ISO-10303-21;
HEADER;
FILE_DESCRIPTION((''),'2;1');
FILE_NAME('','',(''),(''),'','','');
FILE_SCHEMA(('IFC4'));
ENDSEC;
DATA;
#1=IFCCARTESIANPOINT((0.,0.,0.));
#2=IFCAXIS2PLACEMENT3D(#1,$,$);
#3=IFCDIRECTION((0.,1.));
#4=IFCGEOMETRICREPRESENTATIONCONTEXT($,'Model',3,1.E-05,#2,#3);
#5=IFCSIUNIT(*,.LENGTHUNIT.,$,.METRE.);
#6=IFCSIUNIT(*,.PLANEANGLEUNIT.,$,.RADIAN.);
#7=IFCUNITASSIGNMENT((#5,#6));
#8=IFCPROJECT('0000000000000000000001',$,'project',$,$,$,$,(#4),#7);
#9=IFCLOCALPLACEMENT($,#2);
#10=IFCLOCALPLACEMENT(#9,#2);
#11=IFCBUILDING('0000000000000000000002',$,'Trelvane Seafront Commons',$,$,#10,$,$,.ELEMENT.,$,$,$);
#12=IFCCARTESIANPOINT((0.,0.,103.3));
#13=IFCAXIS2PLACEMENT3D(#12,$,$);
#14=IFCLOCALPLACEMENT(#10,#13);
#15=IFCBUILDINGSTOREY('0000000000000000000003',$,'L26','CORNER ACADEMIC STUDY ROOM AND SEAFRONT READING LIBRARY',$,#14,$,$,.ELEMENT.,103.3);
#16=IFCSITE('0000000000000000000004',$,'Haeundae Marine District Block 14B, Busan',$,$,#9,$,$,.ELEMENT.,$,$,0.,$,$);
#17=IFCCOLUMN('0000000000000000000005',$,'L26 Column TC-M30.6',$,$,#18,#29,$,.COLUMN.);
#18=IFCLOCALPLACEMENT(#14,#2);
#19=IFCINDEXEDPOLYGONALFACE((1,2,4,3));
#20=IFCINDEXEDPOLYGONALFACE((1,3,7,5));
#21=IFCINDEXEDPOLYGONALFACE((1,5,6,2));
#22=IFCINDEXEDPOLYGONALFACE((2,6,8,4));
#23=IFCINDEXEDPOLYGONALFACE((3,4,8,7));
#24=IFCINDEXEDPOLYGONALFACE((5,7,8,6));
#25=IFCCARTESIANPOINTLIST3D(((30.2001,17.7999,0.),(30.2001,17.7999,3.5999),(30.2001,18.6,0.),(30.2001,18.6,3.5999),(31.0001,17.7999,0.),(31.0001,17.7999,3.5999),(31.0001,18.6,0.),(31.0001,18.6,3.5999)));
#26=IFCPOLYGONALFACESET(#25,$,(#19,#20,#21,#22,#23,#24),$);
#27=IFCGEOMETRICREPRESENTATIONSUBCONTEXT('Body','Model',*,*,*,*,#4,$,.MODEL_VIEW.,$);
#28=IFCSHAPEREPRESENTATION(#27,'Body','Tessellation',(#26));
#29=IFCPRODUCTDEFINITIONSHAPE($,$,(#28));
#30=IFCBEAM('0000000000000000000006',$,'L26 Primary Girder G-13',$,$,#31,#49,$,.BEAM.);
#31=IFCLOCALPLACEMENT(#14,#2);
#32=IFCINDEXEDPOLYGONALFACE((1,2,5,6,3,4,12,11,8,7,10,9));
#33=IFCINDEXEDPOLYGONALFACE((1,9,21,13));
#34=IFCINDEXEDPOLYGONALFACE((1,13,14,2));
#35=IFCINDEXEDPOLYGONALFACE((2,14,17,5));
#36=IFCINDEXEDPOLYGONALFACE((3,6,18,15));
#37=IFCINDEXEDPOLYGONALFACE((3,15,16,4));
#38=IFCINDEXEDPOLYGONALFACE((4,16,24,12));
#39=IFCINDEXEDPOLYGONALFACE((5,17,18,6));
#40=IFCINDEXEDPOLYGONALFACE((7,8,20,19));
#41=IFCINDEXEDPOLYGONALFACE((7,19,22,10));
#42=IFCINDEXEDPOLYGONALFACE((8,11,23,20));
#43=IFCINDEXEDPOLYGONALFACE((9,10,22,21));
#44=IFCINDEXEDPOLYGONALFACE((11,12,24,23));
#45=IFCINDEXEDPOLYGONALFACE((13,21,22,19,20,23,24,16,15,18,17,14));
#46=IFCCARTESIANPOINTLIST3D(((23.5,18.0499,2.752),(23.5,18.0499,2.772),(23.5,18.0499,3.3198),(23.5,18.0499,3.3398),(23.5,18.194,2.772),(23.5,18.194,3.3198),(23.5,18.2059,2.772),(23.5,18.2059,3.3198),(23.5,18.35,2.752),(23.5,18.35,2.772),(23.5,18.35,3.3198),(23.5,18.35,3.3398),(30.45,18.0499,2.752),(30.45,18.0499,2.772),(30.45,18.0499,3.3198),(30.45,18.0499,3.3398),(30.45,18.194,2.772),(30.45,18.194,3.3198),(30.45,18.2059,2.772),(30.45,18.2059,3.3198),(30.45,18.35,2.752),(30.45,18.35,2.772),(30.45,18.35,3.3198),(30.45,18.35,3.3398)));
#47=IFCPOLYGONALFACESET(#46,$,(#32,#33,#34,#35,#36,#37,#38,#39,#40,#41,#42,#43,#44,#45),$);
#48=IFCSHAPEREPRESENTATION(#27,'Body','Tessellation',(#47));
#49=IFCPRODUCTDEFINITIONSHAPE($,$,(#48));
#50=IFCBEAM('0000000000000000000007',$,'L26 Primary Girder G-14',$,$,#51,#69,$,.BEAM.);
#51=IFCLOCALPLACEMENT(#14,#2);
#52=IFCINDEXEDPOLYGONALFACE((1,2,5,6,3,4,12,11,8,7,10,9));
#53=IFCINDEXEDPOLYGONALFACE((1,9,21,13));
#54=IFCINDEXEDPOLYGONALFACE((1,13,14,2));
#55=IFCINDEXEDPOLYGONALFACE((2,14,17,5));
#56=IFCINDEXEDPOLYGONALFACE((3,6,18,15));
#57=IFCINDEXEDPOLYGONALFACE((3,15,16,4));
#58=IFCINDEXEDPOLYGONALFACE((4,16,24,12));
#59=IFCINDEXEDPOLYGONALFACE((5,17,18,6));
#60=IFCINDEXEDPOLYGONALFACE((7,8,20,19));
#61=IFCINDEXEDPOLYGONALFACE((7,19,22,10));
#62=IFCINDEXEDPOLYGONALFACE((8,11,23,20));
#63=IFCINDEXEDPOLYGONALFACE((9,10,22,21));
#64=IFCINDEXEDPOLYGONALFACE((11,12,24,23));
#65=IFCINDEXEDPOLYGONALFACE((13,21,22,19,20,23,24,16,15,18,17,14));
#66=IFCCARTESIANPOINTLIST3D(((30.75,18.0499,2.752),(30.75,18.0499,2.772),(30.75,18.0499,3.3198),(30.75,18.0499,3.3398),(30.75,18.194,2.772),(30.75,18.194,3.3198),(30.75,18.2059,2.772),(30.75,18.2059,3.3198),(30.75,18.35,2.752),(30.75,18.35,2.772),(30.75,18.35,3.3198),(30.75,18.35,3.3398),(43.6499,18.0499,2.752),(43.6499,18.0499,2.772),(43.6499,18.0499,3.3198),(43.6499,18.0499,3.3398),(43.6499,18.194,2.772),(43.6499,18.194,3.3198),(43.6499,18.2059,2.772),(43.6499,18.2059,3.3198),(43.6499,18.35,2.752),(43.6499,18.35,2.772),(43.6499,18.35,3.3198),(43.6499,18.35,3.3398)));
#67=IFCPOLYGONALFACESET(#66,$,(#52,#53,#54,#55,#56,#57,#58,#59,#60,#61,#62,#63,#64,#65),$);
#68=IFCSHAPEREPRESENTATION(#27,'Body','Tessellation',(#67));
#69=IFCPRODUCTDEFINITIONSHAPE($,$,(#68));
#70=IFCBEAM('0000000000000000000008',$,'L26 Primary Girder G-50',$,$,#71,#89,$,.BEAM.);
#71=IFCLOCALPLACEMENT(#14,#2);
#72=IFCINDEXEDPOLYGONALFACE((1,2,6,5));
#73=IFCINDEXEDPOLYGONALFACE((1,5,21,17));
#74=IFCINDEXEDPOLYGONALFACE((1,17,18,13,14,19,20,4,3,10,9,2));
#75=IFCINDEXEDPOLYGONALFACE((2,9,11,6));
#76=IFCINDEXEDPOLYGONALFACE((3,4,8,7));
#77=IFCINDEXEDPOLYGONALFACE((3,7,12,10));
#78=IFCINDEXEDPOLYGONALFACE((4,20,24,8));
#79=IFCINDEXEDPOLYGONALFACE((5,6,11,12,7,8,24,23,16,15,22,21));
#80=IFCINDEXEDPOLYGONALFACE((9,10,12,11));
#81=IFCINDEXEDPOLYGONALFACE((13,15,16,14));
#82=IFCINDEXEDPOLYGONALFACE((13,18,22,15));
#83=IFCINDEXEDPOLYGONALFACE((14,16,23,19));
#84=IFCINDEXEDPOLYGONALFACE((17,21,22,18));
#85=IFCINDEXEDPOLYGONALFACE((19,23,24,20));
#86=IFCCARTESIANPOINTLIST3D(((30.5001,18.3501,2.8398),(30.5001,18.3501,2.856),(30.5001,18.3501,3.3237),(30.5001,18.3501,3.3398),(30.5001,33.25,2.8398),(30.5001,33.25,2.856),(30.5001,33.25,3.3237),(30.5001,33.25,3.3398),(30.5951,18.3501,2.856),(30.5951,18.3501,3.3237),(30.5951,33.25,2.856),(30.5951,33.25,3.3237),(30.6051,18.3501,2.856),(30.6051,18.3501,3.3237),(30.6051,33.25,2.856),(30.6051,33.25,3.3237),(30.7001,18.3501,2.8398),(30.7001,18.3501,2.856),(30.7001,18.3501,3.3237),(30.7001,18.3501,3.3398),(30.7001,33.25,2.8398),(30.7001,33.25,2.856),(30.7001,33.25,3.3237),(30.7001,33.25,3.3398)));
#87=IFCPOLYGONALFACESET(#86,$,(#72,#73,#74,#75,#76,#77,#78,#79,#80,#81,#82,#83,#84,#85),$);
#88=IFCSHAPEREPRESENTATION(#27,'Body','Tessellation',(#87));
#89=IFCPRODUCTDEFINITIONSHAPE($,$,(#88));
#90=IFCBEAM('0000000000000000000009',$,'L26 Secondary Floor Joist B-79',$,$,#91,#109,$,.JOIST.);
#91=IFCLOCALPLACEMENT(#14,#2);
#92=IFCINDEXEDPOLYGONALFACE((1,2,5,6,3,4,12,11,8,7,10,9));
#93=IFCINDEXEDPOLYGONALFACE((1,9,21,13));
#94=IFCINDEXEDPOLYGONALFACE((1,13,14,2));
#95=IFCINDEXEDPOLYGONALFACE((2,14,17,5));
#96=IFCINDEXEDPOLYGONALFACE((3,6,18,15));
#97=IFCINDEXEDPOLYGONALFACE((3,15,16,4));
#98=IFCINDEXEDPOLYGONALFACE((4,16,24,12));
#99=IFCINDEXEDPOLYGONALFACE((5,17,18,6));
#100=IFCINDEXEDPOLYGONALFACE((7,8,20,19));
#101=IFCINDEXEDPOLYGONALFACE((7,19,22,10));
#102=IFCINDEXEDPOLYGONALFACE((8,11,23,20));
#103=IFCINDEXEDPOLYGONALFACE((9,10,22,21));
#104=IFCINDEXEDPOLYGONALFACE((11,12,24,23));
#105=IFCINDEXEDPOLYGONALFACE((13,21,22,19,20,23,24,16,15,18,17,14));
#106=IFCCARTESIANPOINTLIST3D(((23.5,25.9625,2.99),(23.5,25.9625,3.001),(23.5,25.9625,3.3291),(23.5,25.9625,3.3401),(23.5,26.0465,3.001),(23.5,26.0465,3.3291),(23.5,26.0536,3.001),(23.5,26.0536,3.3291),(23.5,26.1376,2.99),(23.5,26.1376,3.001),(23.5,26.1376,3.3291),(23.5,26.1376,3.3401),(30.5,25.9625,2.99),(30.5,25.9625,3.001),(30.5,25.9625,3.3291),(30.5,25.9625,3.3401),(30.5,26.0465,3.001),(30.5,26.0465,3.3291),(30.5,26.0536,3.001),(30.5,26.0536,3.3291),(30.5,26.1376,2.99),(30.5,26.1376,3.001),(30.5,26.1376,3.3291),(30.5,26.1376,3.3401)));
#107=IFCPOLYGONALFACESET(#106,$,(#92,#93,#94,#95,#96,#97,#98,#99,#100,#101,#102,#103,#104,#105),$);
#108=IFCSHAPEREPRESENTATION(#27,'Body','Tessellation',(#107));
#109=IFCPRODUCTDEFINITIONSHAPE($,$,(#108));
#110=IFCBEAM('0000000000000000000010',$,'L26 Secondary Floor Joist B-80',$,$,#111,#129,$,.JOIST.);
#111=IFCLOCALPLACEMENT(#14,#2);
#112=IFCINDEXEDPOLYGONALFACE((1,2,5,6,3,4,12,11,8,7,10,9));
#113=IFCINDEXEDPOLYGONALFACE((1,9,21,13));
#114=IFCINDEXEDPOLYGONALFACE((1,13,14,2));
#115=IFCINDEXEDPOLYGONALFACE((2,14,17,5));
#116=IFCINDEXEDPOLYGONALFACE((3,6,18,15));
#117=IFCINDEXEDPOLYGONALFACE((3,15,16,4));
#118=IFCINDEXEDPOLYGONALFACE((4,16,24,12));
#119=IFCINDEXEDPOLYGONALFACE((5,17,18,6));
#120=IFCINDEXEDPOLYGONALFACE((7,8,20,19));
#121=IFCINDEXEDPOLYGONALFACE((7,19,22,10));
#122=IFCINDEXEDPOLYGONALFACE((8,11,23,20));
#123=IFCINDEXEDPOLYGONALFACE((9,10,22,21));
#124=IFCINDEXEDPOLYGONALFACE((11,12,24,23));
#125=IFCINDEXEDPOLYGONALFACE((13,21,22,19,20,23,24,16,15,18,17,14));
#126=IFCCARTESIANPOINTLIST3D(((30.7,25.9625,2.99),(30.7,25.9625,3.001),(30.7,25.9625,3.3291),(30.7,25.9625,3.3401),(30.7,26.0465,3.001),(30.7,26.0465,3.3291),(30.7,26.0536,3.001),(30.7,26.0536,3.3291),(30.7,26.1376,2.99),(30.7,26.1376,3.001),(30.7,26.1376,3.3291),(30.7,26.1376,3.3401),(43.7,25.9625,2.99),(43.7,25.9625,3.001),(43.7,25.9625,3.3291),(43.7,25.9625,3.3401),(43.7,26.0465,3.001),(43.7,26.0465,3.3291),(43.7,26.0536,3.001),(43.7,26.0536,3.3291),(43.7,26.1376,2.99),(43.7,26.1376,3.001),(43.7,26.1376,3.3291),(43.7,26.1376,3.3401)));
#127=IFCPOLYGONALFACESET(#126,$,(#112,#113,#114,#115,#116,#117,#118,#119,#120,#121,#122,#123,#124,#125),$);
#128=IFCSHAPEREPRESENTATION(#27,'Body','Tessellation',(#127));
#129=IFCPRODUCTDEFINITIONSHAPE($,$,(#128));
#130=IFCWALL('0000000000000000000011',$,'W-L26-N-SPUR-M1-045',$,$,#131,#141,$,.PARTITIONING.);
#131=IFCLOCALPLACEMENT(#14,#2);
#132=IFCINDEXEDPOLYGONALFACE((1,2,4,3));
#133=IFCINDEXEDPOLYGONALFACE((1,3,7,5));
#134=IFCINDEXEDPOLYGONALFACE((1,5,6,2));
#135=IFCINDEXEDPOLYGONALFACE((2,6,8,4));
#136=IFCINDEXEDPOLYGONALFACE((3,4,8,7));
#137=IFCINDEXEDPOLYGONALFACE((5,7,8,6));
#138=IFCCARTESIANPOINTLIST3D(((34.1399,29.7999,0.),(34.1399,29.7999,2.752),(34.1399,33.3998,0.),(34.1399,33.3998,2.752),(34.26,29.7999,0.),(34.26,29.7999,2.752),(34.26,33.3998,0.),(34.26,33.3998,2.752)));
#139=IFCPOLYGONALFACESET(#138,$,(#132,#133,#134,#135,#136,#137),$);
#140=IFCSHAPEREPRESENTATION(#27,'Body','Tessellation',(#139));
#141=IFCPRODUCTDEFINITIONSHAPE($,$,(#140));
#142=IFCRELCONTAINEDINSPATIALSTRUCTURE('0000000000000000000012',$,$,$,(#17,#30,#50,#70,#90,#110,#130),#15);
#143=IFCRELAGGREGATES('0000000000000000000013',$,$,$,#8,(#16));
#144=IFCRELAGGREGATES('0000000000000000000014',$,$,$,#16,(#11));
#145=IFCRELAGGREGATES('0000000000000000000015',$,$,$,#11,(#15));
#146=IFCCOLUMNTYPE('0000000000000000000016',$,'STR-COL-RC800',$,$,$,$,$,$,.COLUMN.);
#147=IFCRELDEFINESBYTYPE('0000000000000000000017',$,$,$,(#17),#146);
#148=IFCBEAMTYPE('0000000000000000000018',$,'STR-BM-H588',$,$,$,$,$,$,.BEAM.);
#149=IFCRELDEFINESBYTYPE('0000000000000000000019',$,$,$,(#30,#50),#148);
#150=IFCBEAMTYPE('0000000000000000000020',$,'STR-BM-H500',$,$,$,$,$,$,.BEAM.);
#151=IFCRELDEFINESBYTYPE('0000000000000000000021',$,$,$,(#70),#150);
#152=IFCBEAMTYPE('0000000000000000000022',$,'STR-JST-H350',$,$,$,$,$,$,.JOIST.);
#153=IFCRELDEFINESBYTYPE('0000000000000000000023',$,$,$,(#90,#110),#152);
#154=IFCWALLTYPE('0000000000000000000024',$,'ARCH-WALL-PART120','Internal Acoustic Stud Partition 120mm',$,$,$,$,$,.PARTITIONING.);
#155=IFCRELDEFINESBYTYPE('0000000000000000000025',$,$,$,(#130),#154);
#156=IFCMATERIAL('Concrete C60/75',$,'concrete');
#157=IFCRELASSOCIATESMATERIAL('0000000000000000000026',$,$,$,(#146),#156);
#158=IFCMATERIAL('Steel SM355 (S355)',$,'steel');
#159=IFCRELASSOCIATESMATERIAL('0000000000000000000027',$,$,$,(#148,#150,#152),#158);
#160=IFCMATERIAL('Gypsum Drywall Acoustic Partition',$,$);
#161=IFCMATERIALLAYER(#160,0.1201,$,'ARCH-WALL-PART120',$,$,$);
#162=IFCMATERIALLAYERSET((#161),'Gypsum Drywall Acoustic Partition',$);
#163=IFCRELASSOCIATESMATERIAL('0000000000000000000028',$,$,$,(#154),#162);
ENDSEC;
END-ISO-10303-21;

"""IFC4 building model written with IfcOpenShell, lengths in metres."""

from ifc_helpers import new_model, si_unit, direction, frame, frame_2d, origin, origin_2d, place, context, subcontext, project, spatial, rectangle, i_section, extrude, source, transform, mapped, material, layer, layer_set, material_profile, profile_set, type_object, element, save


model = new_model("IFC4")

# Units and contexts
model_context = context("Model", 3, precision=1e-05, world=origin(), true_north=direction((0.0, 1.0)))
body_context = subcontext(model_context, "Body", "Model", "MODEL_VIEW")
ifc_project = project(units=[si_unit("LENGTHUNIT", "METRE"), si_unit("PLANEANGLEUNIT", "RADIAN")], contexts=[model_context])

# Site, building, storey
site_placement = place(None, origin())
site = spatial("IfcSite", under=ifc_project, at=site_placement, Name="Haeundae Marine District Block 14B, Busan", CompositionType="ELEMENT", RefElevation=0.0)
building_placement = place(site_placement, origin())
building = spatial("IfcBuilding", under=site, at=building_placement, Name="Trelvane Seafront Commons", CompositionType="ELEMENT")
storey_placement = place(building_placement, frame((0.0, 0.0, 103.3)))
storey = spatial("IfcBuildingStorey", under=building, at=storey_placement, Name="L26", Description="CORNER ACADEMIC STUDY ROOM AND SEAFRONT READING LIBRARY", CompositionType="ELEMENT", Elevation=103.3)

# Column
ifc_material_1 = material(Name="Concrete C60/75", Category="concrete")
ifc_material_profile_1 = material_profile(ifc_material_1, rectangle(XDim=0.8, YDim=0.8, at=origin_2d()), Name="RC-800x800")
ifc_profile_set_1 = profile_set([ifc_material_profile_1], Name="Concrete C60/75")
column_type = type_object("IfcColumnType", Name="STR-COL-RC800", PredefinedType="COLUMN", material=ifc_profile_set_1)
shared_shape_1 = source(origin(), body_context, "Body", "SweptSolid", [
    extrude(rectangle(XDim=0.8, YDim=0.8, at=origin_2d()), origin(), (0.0, 0.0, 1.0), 3.5999),
])
column_placement = place(storey_placement, frame((30.6001, 18.2, 0.0), z_axis=(0.0, 0.0, 1.0), x_axis=(1.0, 0.0, 0.0)))
element("IfcColumn", 1, at=column_placement, inside=storey, type_object=column_type, Name="L26 Column TC-M30.6", PredefinedType="COLUMN", context=body_context, shape_type="MappedRepresentation", body=[
    mapped(shared_shape_1, transform((0.0, 0.0, 0.0), x_axis=(1.0, 0.0, 0.0), y_axis=(0.0, 1.0, 0.0), z_axis=(0.0, 0.0, 1.0), scale=1.0)),
])

# Beams
ifc_material_2 = material(Name="Steel SM355 (S355)", Category="steel")
ifc_material_profile_2 = material_profile(ifc_material_2, i_section(OverallWidth=0.3, OverallDepth=0.5879, WebThickness=0.012, FlangeThickness=0.02, at=origin_2d()), Name="H-588x300x12x20")
ifc_profile_set_2 = profile_set([ifc_material_profile_2], Name="Steel SM355 (S355)")
beam_type_1 = type_object("IfcBeamType", Name="STR-BM-H588", PredefinedType="BEAM", material=ifc_profile_set_2)
shared_shape_2 = source(origin(), body_context, "Body", "SweptSolid", [
    extrude(i_section(OverallWidth=0.3, OverallDepth=0.5879, WebThickness=0.012, FlangeThickness=0.02, at=origin_2d()), origin(), (0.0, 0.0, 1.0), 6.95),
])
beam_1_placement = place(storey_placement, frame((23.5, 18.2, 3.0459), z_axis=(1.0, 0.0, 0.0), x_axis=(0.0, 1.0, 0.0)))
element("IfcBeam", 2, at=beam_1_placement, inside=storey, type_object=beam_type_1, Name="L26 Primary Girder G-13", PredefinedType="BEAM", context=body_context, shape_type="MappedRepresentation", body=[
    mapped(shared_shape_2, transform((0.0, 0.0, 0.0), x_axis=(1.0, 0.0, 0.0), y_axis=(0.0, 1.0, 0.0), z_axis=(0.0, 0.0, 1.0), scale=1.0)),
])
shared_shape_3 = source(origin(), body_context, "Body", "SweptSolid", [
    extrude(i_section(OverallWidth=0.3, OverallDepth=0.5879, WebThickness=0.012, FlangeThickness=0.02, at=origin_2d()), origin(), (0.0, 0.0, 1.0), 12.8999),
])
beam_2_placement = place(storey_placement, frame((30.75, 18.2, 3.0459), z_axis=(1.0, 0.0, 0.0), x_axis=(0.0, 1.0, 0.0)))
element("IfcBeam", 3, at=beam_2_placement, inside=storey, type_object=beam_type_1, Name="L26 Primary Girder G-14", PredefinedType="BEAM", context=body_context, shape_type="MappedRepresentation", body=[
    mapped(shared_shape_3, transform((0.0, 0.0, 0.0), x_axis=(1.0, 0.0, 0.0), y_axis=(0.0, 1.0, 0.0), z_axis=(0.0, 0.0, 1.0), scale=1.0)),
])
ifc_material_profile_3 = material_profile(ifc_material_2, i_section(OverallWidth=0.2, OverallDepth=0.5, WebThickness=0.01, FlangeThickness=0.0161, at=origin_2d()), Name="H-500x200x10x16")
ifc_profile_set_3 = profile_set([ifc_material_profile_3], Name="Steel SM355 (S355)")
beam_type_2 = type_object("IfcBeamType", Name="STR-BM-H500", PredefinedType="BEAM", material=ifc_profile_set_3)
shared_shape_4 = source(origin(), body_context, "Body", "SweptSolid", [
    extrude(i_section(OverallWidth=0.2, OverallDepth=0.5, WebThickness=0.01, FlangeThickness=0.0161, at=origin_2d()), origin(), (0.0, 0.0, 1.0), 14.8999),
])
beam_3_placement = place(storey_placement, frame((30.6001, 18.3501, 3.0898), z_axis=(0.0, 1.0, 0.0), x_axis=(-1.0, 0.0, 0.0)))
element("IfcBeam", 4, at=beam_3_placement, inside=storey, type_object=beam_type_2, Name="L26 Primary Girder G-50", PredefinedType="BEAM", context=body_context, shape_type="MappedRepresentation", body=[
    mapped(shared_shape_4, transform((0.0, 0.0, 0.0), x_axis=(1.0, 0.0, 0.0), y_axis=(0.0, 1.0, 0.0), z_axis=(0.0, 0.0, 1.0), scale=1.0)),
])
ifc_material_profile_4 = material_profile(ifc_material_2, i_section(OverallWidth=0.175, OverallDepth=0.3501, WebThickness=0.0071, FlangeThickness=0.011, at=origin_2d()), Name="H-350x175x7x11")
ifc_profile_set_4 = profile_set([ifc_material_profile_4], Name="Steel SM355 (S355)")
beam_type_3 = type_object("IfcBeamType", Name="STR-JST-H350", PredefinedType="JOIST", material=ifc_profile_set_4)
shared_shape_5 = source(origin(), body_context, "Body", "SweptSolid", [
    extrude(i_section(OverallWidth=0.175, OverallDepth=0.3501, WebThickness=0.0071, FlangeThickness=0.011, at=origin_2d()), origin(), (0.0, 0.0, 1.0), 7.0),
])
beam_4_placement = place(storey_placement, frame((23.5, 26.05, 3.165), z_axis=(1.0, 0.0, 0.0), x_axis=(0.0, 1.0, 0.0)))
element("IfcBeam", 5, at=beam_4_placement, inside=storey, type_object=beam_type_3, Name="L26 Secondary Floor Joist B-79", PredefinedType="JOIST", context=body_context, shape_type="MappedRepresentation", body=[
    mapped(shared_shape_5, transform((0.0, 0.0, 0.0), x_axis=(1.0, 0.0, 0.0), y_axis=(0.0, 1.0, 0.0), z_axis=(0.0, 0.0, 1.0), scale=1.0)),
])
shared_shape_6 = source(origin(), body_context, "Body", "SweptSolid", [
    extrude(i_section(OverallWidth=0.175, OverallDepth=0.3501, WebThickness=0.0071, FlangeThickness=0.011, at=origin_2d()), origin(), (0.0, 0.0, 1.0), 13.0),
])
beam_5_placement = place(storey_placement, frame((30.7, 26.05, 3.165), z_axis=(1.0, 0.0, 0.0), x_axis=(0.0, 1.0, 0.0)))
element("IfcBeam", 6, at=beam_5_placement, inside=storey, type_object=beam_type_3, Name="L26 Secondary Floor Joist B-80", PredefinedType="JOIST", context=body_context, shape_type="MappedRepresentation", body=[
    mapped(shared_shape_6, transform((0.0, 0.0, 0.0), x_axis=(1.0, 0.0, 0.0), y_axis=(0.0, 1.0, 0.0), z_axis=(0.0, 0.0, 1.0), scale=1.0)),
])

# Wall
ifc_material_3 = material(Name="Gypsum Drywall Acoustic Partition")
ifc_layer_1 = layer(ifc_material_3, 0.1201, Name="ARCH-WALL-PART120")
ifc_layer_set_1 = layer_set([ifc_layer_1], Name="Gypsum Drywall Acoustic Partition")
wall_type_1 = type_object("IfcWallType", Name="ARCH-WALL-PART120", Description="Internal Acoustic Stud Partition 120mm", PredefinedType="PARTITIONING", material=ifc_layer_set_1)
wall_1_placement = place(storey_placement, frame((34.2, 29.8, 0.0), z_axis=(0.0, 0.0, 1.0), x_axis=(0.0, 1.0, 0.0)))
element("IfcWall", 7, at=wall_1_placement, inside=storey, type_object=wall_type_1, Name="W-L26-N-SPUR-M1-045", PredefinedType="PARTITIONING", context=body_context, shape_type="SweptSolid", body=[
    extrude(rectangle(XDim=3.5999, YDim=0.1201, at=frame_2d((1.7998, 0.0))), origin(), (0.0, 0.0, 1.0), 2.752),
])

save(model, "model.ifc")
